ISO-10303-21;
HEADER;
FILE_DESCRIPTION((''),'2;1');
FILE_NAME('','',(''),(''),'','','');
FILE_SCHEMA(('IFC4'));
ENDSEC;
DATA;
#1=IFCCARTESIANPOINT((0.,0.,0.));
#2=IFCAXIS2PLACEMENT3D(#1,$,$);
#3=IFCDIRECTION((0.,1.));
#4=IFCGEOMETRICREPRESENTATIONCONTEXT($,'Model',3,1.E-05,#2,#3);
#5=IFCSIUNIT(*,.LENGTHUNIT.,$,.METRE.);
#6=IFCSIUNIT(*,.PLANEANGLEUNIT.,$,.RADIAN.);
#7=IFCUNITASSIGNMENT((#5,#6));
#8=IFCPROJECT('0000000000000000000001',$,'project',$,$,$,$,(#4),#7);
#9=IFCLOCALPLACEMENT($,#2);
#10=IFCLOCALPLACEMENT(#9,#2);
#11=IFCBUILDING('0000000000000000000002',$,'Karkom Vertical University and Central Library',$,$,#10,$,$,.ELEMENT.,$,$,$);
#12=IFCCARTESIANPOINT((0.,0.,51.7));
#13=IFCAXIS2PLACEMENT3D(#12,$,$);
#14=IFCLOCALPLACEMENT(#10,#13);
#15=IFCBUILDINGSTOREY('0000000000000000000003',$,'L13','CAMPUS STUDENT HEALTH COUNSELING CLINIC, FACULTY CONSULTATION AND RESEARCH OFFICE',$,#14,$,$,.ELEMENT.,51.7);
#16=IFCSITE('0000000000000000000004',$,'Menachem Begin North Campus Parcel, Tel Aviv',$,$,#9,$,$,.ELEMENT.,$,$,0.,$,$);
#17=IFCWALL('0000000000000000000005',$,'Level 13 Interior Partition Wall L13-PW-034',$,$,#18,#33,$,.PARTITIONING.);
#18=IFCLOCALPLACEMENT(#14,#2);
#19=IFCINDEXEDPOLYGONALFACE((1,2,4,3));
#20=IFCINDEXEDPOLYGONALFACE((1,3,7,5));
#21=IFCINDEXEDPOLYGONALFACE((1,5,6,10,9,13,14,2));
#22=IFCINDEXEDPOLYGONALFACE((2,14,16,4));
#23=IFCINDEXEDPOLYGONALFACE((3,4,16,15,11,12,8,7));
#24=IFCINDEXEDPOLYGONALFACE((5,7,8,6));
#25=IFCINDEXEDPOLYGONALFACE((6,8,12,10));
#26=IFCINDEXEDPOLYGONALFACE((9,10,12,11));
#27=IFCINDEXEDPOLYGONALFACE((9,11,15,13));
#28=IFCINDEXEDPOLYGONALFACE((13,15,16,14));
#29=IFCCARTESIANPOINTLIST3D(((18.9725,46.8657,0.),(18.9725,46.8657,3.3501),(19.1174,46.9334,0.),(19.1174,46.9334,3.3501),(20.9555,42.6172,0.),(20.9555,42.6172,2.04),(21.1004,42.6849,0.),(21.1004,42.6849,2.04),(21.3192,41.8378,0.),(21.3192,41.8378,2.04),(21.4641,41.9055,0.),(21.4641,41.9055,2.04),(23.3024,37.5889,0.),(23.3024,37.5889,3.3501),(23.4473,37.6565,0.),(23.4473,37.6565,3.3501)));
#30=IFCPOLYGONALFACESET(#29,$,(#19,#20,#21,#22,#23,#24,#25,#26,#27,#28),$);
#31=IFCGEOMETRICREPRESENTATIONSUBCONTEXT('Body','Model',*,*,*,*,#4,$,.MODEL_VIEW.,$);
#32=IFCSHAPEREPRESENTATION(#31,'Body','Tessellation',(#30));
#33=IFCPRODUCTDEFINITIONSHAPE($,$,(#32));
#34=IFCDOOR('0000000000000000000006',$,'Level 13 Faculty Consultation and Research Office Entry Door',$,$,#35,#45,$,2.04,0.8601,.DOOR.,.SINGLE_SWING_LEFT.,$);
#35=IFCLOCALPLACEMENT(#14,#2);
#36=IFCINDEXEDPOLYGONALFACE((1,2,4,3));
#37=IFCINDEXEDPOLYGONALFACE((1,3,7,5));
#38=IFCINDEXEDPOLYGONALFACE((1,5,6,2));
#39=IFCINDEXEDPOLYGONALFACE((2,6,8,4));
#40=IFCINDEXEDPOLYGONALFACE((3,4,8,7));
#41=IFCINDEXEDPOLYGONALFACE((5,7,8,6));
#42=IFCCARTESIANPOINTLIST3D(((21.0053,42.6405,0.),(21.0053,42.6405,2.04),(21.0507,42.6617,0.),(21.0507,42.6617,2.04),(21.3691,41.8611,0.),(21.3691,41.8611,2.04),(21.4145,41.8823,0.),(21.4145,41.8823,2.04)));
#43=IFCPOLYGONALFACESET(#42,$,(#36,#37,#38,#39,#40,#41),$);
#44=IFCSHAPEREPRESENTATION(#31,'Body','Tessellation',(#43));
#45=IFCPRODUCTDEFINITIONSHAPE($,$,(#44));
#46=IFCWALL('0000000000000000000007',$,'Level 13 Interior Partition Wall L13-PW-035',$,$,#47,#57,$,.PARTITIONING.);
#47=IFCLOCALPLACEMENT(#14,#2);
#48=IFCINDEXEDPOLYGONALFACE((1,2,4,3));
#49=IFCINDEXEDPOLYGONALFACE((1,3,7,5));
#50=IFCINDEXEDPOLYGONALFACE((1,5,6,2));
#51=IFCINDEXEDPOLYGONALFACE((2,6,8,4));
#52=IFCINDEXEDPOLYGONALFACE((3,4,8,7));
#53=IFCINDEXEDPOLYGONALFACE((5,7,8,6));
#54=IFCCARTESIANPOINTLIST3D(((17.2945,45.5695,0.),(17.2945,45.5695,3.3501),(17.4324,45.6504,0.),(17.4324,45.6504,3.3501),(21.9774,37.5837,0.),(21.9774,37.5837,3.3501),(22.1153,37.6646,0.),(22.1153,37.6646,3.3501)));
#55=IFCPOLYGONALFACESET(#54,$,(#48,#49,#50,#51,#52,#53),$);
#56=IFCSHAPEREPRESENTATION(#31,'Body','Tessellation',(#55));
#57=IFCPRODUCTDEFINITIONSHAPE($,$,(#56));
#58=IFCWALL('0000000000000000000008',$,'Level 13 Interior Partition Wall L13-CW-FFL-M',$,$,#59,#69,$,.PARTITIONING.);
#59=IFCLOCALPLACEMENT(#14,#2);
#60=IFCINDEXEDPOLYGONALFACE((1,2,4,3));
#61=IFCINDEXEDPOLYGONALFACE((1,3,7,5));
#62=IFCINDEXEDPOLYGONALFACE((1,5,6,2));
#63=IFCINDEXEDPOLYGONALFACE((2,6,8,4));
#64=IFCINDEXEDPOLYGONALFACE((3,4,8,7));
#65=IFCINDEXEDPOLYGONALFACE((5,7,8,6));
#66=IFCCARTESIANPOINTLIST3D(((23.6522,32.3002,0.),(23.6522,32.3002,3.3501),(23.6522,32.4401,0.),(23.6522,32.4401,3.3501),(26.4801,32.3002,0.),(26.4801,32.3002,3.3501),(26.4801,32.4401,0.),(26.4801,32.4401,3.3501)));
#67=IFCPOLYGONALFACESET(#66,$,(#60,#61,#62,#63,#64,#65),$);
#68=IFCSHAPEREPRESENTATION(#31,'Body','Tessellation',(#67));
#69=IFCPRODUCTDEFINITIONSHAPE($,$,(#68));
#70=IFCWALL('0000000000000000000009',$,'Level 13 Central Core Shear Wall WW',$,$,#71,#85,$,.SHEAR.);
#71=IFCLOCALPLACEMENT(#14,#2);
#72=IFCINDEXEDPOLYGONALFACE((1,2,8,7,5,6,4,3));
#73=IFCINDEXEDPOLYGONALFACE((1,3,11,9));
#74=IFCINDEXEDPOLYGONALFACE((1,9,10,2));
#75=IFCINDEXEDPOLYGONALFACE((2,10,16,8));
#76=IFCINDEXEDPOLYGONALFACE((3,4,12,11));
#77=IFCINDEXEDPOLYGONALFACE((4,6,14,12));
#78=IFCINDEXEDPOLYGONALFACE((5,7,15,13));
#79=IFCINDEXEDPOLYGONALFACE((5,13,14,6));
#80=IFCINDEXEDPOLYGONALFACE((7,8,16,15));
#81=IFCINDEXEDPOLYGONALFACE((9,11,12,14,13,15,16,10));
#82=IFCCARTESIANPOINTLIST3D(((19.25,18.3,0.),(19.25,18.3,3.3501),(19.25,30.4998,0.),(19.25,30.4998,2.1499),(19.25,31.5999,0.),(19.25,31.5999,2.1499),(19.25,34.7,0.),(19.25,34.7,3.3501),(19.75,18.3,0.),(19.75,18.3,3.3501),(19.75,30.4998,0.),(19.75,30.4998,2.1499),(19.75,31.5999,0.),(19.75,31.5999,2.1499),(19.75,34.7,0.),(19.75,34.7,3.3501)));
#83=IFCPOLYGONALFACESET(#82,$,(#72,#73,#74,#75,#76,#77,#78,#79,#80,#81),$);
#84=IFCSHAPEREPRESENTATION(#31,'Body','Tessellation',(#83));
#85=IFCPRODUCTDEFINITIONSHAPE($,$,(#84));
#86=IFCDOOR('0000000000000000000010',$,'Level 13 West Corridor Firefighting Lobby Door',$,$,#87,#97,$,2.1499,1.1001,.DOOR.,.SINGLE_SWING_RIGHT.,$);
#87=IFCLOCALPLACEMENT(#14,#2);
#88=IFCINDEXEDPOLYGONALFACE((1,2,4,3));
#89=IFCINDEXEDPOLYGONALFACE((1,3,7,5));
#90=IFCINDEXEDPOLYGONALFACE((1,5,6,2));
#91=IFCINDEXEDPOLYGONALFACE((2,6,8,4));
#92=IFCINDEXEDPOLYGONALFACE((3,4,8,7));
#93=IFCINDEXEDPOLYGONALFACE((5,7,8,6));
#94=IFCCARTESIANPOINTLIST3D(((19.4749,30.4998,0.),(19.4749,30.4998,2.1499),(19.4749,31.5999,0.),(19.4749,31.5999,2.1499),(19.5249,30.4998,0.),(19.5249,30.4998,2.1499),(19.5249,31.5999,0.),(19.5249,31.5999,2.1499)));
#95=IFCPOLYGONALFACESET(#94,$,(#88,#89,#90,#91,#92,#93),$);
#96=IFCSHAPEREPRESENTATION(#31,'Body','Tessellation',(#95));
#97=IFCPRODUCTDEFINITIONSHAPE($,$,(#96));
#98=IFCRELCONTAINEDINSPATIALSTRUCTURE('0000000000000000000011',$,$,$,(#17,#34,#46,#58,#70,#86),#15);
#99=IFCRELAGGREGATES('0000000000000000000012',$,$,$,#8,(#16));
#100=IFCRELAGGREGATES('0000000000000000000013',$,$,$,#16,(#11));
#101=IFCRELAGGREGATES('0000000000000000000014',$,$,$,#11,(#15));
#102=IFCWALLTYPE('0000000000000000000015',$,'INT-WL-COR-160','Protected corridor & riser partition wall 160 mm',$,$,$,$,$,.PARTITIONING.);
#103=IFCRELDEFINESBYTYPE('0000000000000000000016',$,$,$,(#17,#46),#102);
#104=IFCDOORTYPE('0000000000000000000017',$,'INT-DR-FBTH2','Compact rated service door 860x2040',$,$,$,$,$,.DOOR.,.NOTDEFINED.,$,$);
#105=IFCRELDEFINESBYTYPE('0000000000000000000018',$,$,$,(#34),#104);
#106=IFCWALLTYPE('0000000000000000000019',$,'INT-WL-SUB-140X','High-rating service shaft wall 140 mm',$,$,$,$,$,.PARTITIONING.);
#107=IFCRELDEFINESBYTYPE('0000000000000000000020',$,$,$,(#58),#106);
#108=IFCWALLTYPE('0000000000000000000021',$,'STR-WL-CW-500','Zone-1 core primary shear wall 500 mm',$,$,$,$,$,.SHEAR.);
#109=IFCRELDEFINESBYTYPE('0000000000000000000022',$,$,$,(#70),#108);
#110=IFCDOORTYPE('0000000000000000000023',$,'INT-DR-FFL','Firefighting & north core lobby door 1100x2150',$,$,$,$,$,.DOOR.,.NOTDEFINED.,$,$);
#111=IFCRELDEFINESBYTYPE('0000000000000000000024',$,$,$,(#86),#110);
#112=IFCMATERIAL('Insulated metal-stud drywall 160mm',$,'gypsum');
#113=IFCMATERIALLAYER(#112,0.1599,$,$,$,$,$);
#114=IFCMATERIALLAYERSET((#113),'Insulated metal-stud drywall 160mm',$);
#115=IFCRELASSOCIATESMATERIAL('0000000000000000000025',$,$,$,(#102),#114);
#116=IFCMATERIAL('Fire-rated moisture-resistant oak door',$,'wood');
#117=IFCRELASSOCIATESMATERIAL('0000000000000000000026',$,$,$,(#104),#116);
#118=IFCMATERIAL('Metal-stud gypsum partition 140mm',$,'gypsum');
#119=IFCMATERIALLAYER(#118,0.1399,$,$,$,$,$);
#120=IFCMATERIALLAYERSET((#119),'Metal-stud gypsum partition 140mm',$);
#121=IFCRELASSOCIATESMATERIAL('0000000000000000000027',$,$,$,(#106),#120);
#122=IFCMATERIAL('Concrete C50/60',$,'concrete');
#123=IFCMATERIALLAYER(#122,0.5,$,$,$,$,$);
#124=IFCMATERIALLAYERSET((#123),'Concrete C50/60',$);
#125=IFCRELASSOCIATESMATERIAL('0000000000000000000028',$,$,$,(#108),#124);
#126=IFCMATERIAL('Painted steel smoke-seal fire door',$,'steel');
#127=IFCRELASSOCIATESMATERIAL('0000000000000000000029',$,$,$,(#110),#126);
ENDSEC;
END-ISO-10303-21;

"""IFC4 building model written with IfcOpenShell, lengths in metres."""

from ifc_helpers import new_model, si_unit, direction, frame, frame_2d, origin, origin_with_axes, place, context, subcontext, project, spatial, rectangle, extrude, source, transform, mapped, material, layer, layer_set, type_object, element, fill, save


model = new_model("IFC4")

# Units and contexts
model_context = context("Model", 3, precision=1e-05, world=origin(), true_north=direction((0.0, 1.0)))
body_context = subcontext(model_context, "Body", "Model", "MODEL_VIEW")
ifc_project = project(units=[si_unit("LENGTHUNIT", "METRE"), si_unit("PLANEANGLEUNIT", "RADIAN")], contexts=[model_context])

# Site, building, storey
site_placement = place(None, origin())
site = spatial("IfcSite", under=ifc_project, at=site_placement, Name="Menachem Begin North Campus Parcel, Tel Aviv", CompositionType="ELEMENT", RefElevation=0.0)
building_placement = place(site_placement, origin())
building = spatial("IfcBuilding", under=site, at=building_placement, Name="Karkom Vertical University and Central Library", CompositionType="ELEMENT")
storey_placement = place(building_placement, frame((0.0, 0.0, 51.7)))
storey = spatial("IfcBuildingStorey", under=building, at=storey_placement, Name="L13", Description="CAMPUS STUDENT HEALTH COUNSELING CLINIC, FACULTY CONSULTATION AND RESEARCH OFFICE", CompositionType="ELEMENT", Elevation=51.7)

# Shared definitions
ifc_material_1 = material(Name="Concrete C50/60", Category="concrete")

# Shared definitions
ifc_material_2 = material(Name="Insulated metal-stud drywall 160mm", Category="gypsum")
ifc_layer_1 = layer(ifc_material_2, 0.1599)
ifc_layer_set_1 = layer_set([ifc_layer_1], Name="Insulated metal-stud drywall 160mm")
wall_type_1 = type_object("IfcWallType", Name="INT-WL-COR-160", Description="Protected corridor & riser partition wall 160 mm", PredefinedType="PARTITIONING", material=ifc_layer_set_1)

# Wall, opening, door
wall_1_placement = place(storey_placement, frame((23.3748, 37.6228, 0.0), z_axis=(0.0, 0.0, 1.0), x_axis=(-0.422936, 0.906159, 0.0)))
wall_1 = element("IfcWall", 1, at=wall_1_placement, inside=storey, type_object=wall_type_1, Name="Level 13 Interior Partition Wall L13-PW-034", PredefinedType="PARTITIONING", context=body_context, shape_type="SweptSolid", body=[
    extrude(rectangle(XDim=10.2375, YDim=0.1599, at=frame_2d((5.1187, 0.0))), origin(), (0.0, 0.0, 1.0), 3.3501),
])
opening_1_placement = place(wall_1_placement, frame((4.6887, 0.0, 0.0)))
opening_1 = element("IfcOpeningElement", 2, at=opening_1_placement, cuts=wall_1, PredefinedType="OPENING", context=body_context, shape_type="SweptSolid", body=[
    extrude(rectangle(XDim=0.8601, YDim=2.04, at=frame_2d((0.4302, 1.02))), frame((0.0, 0.0898, 0.0), z_axis=(0.0, -1.0, 0.0), x_axis=(1.0, 0.0, 0.0)), (0.0, 0.0, 1.0), 0.1799),
])
ifc_material_3 = material(Name="Fire-rated moisture-resistant oak door", Category="wood")
door_type_1 = type_object("IfcDoorType", Name="INT-DR-FBTH2", Description="Compact rated service door 860x2040", OperationType="NOTDEFINED", PredefinedType="DOOR", material=ifc_material_3)
shared_shape_1 = source(origin_with_axes(), body_context, "Body", "SweptSolid", [
    extrude(rectangle(XDim=0.8601, YDim=2.04, at=frame_2d((0.4302, 1.02))), frame((0.0, 0.0249, 0.0), z_axis=(0.0, -1.0, 0.0), x_axis=(1.0, 0.0, 0.0)), (0.0, 0.0, 1.0), 0.05),
])
door_1_placement = place(opening_1_placement, origin())
door_1 = element("IfcDoor", 3, at=door_1_placement, inside=storey, type_object=door_type_1, Name="Level 13 Faculty Consultation and Research Office Entry Door", OperationType="SINGLE_SWING_LEFT", OverallHeight=2.04, OverallWidth=0.8601, PredefinedType="DOOR", context=body_context, shape_type="MappedRepresentation", body=[
    mapped(shared_shape_1, transform((0.0, 0.0, 0.0), scale=1.0)),
])
fill(opening_1, door_1)

# Walls
wall_2_placement = place(storey_placement, frame((22.0464, 37.624, 0.0), z_axis=(0.0, 0.0, 1.0), x_axis=(-0.505841, 0.862627, 0.0)))
element("IfcWall", 4, at=wall_2_placement, inside=storey, type_object=wall_type_1, Name="Level 13 Interior Partition Wall L13-PW-035", PredefinedType="PARTITIONING", context=body_context, shape_type="SweptSolid", body=[
    extrude(rectangle(XDim=9.2576, YDim=0.1599, at=frame_2d((4.6289, 0.0))), origin(), (0.0, 0.0, 1.0), 3.3501),
])
ifc_material_4 = material(Name="Metal-stud gypsum partition 140mm", Category="gypsum")
ifc_layer_2 = layer(ifc_material_4, 0.1399)
ifc_layer_set_2 = layer_set([ifc_layer_2], Name="Metal-stud gypsum partition 140mm")
wall_type_2 = type_object("IfcWallType", Name="INT-WL-SUB-140X", Description="High-rating service shaft wall 140 mm", PredefinedType="PARTITIONING", material=ifc_layer_set_2)
wall_3_placement = place(storey_placement, frame((23.6521, 32.3701, 0.0), z_axis=(0.0, 0.0, 1.0), x_axis=(1.0, 0.0, 0.0)))
element("IfcWall", 5, at=wall_3_placement, inside=storey, type_object=wall_type_2, Name="Level 13 Interior Partition Wall L13-CW-FFL-M", PredefinedType="PARTITIONING", context=body_context, shape_type="SweptSolid", body=[
    extrude(rectangle(XDim=2.8279, YDim=0.1399, at=frame_2d((1.4141, 0.0))), origin(), (0.0, 0.0, 1.0), 3.3501),
])

# Wall, opening, door
ifc_layer_3 = layer(ifc_material_1, 0.5)
ifc_layer_set_3 = layer_set([ifc_layer_3], Name="Concrete C50/60")
wall_type_3 = type_object("IfcWallType", Name="STR-WL-CW-500", Description="Zone-1 core primary shear wall 500 mm", PredefinedType="SHEAR", material=ifc_layer_set_3)
ifc_material_5 = material(Name="Painted steel smoke-seal fire door", Category="steel")
door_type_2 = type_object("IfcDoorType", Name="INT-DR-FFL", Description="Firefighting & north core lobby door 1100x2150", OperationType="NOTDEFINED", PredefinedType="DOOR", material=ifc_material_5)
shared_shape_2 = source(origin_with_axes(), body_context, "Body", "SweptSolid", [
    extrude(rectangle(XDim=1.1001, YDim=2.1499, at=frame_2d((0.55, 1.075))), frame((0.0, 0.0249, 0.0), z_axis=(0.0, -1.0, 0.0), x_axis=(1.0, 0.0, 0.0)), (0.0, 0.0, 1.0), 0.05),
])
wall_4_placement = place(storey_placement, frame((19.5, 34.7, 0.0), z_axis=(0.0, 0.0, 1.0), x_axis=(0.0, -1.0, 0.0)))
wall_4 = element("IfcWall", 6, at=wall_4_placement, inside=storey, type_object=wall_type_3, Name="Level 13 Central Core Shear Wall WW", PredefinedType="SHEAR", context=body_context, shape_type="SweptSolid", body=[
    extrude(rectangle(XDim=16.3999, YDim=0.5, at=frame_2d((8.2, 0.0))), origin(), (0.0, 0.0, 1.0), 3.3501),
])
opening_2_placement = place(wall_4_placement, frame((3.1001, 0.0, 0.0)))
opening_2 = element("IfcOpeningElement", 7, at=opening_2_placement, cuts=wall_4, PredefinedType="OPENING", context=body_context, shape_type="SweptSolid", body=[
    extrude(rectangle(XDim=1.1001, YDim=2.1499, at=frame_2d((0.55, 1.075))), frame((0.0, 0.26, 0.0), z_axis=(0.0, -1.0, 0.0), x_axis=(1.0, 0.0, 0.0)), (0.0, 0.0, 1.0), 0.52),
])
door_2_placement = place(opening_2_placement, origin())
door_2 = element("IfcDoor", 8, at=door_2_placement, inside=storey, type_object=door_type_2, Name="Level 13 West Corridor Firefighting Lobby Door", OperationType="SINGLE_SWING_RIGHT", OverallHeight=2.1499, OverallWidth=1.1001, PredefinedType="DOOR", context=body_context, shape_type="MappedRepresentation", body=[
    mapped(shared_shape_2, transform((0.0, 0.0, 0.0), scale=1.0)),
])
fill(opening_2, door_2)

save(model, "model.ifc")
